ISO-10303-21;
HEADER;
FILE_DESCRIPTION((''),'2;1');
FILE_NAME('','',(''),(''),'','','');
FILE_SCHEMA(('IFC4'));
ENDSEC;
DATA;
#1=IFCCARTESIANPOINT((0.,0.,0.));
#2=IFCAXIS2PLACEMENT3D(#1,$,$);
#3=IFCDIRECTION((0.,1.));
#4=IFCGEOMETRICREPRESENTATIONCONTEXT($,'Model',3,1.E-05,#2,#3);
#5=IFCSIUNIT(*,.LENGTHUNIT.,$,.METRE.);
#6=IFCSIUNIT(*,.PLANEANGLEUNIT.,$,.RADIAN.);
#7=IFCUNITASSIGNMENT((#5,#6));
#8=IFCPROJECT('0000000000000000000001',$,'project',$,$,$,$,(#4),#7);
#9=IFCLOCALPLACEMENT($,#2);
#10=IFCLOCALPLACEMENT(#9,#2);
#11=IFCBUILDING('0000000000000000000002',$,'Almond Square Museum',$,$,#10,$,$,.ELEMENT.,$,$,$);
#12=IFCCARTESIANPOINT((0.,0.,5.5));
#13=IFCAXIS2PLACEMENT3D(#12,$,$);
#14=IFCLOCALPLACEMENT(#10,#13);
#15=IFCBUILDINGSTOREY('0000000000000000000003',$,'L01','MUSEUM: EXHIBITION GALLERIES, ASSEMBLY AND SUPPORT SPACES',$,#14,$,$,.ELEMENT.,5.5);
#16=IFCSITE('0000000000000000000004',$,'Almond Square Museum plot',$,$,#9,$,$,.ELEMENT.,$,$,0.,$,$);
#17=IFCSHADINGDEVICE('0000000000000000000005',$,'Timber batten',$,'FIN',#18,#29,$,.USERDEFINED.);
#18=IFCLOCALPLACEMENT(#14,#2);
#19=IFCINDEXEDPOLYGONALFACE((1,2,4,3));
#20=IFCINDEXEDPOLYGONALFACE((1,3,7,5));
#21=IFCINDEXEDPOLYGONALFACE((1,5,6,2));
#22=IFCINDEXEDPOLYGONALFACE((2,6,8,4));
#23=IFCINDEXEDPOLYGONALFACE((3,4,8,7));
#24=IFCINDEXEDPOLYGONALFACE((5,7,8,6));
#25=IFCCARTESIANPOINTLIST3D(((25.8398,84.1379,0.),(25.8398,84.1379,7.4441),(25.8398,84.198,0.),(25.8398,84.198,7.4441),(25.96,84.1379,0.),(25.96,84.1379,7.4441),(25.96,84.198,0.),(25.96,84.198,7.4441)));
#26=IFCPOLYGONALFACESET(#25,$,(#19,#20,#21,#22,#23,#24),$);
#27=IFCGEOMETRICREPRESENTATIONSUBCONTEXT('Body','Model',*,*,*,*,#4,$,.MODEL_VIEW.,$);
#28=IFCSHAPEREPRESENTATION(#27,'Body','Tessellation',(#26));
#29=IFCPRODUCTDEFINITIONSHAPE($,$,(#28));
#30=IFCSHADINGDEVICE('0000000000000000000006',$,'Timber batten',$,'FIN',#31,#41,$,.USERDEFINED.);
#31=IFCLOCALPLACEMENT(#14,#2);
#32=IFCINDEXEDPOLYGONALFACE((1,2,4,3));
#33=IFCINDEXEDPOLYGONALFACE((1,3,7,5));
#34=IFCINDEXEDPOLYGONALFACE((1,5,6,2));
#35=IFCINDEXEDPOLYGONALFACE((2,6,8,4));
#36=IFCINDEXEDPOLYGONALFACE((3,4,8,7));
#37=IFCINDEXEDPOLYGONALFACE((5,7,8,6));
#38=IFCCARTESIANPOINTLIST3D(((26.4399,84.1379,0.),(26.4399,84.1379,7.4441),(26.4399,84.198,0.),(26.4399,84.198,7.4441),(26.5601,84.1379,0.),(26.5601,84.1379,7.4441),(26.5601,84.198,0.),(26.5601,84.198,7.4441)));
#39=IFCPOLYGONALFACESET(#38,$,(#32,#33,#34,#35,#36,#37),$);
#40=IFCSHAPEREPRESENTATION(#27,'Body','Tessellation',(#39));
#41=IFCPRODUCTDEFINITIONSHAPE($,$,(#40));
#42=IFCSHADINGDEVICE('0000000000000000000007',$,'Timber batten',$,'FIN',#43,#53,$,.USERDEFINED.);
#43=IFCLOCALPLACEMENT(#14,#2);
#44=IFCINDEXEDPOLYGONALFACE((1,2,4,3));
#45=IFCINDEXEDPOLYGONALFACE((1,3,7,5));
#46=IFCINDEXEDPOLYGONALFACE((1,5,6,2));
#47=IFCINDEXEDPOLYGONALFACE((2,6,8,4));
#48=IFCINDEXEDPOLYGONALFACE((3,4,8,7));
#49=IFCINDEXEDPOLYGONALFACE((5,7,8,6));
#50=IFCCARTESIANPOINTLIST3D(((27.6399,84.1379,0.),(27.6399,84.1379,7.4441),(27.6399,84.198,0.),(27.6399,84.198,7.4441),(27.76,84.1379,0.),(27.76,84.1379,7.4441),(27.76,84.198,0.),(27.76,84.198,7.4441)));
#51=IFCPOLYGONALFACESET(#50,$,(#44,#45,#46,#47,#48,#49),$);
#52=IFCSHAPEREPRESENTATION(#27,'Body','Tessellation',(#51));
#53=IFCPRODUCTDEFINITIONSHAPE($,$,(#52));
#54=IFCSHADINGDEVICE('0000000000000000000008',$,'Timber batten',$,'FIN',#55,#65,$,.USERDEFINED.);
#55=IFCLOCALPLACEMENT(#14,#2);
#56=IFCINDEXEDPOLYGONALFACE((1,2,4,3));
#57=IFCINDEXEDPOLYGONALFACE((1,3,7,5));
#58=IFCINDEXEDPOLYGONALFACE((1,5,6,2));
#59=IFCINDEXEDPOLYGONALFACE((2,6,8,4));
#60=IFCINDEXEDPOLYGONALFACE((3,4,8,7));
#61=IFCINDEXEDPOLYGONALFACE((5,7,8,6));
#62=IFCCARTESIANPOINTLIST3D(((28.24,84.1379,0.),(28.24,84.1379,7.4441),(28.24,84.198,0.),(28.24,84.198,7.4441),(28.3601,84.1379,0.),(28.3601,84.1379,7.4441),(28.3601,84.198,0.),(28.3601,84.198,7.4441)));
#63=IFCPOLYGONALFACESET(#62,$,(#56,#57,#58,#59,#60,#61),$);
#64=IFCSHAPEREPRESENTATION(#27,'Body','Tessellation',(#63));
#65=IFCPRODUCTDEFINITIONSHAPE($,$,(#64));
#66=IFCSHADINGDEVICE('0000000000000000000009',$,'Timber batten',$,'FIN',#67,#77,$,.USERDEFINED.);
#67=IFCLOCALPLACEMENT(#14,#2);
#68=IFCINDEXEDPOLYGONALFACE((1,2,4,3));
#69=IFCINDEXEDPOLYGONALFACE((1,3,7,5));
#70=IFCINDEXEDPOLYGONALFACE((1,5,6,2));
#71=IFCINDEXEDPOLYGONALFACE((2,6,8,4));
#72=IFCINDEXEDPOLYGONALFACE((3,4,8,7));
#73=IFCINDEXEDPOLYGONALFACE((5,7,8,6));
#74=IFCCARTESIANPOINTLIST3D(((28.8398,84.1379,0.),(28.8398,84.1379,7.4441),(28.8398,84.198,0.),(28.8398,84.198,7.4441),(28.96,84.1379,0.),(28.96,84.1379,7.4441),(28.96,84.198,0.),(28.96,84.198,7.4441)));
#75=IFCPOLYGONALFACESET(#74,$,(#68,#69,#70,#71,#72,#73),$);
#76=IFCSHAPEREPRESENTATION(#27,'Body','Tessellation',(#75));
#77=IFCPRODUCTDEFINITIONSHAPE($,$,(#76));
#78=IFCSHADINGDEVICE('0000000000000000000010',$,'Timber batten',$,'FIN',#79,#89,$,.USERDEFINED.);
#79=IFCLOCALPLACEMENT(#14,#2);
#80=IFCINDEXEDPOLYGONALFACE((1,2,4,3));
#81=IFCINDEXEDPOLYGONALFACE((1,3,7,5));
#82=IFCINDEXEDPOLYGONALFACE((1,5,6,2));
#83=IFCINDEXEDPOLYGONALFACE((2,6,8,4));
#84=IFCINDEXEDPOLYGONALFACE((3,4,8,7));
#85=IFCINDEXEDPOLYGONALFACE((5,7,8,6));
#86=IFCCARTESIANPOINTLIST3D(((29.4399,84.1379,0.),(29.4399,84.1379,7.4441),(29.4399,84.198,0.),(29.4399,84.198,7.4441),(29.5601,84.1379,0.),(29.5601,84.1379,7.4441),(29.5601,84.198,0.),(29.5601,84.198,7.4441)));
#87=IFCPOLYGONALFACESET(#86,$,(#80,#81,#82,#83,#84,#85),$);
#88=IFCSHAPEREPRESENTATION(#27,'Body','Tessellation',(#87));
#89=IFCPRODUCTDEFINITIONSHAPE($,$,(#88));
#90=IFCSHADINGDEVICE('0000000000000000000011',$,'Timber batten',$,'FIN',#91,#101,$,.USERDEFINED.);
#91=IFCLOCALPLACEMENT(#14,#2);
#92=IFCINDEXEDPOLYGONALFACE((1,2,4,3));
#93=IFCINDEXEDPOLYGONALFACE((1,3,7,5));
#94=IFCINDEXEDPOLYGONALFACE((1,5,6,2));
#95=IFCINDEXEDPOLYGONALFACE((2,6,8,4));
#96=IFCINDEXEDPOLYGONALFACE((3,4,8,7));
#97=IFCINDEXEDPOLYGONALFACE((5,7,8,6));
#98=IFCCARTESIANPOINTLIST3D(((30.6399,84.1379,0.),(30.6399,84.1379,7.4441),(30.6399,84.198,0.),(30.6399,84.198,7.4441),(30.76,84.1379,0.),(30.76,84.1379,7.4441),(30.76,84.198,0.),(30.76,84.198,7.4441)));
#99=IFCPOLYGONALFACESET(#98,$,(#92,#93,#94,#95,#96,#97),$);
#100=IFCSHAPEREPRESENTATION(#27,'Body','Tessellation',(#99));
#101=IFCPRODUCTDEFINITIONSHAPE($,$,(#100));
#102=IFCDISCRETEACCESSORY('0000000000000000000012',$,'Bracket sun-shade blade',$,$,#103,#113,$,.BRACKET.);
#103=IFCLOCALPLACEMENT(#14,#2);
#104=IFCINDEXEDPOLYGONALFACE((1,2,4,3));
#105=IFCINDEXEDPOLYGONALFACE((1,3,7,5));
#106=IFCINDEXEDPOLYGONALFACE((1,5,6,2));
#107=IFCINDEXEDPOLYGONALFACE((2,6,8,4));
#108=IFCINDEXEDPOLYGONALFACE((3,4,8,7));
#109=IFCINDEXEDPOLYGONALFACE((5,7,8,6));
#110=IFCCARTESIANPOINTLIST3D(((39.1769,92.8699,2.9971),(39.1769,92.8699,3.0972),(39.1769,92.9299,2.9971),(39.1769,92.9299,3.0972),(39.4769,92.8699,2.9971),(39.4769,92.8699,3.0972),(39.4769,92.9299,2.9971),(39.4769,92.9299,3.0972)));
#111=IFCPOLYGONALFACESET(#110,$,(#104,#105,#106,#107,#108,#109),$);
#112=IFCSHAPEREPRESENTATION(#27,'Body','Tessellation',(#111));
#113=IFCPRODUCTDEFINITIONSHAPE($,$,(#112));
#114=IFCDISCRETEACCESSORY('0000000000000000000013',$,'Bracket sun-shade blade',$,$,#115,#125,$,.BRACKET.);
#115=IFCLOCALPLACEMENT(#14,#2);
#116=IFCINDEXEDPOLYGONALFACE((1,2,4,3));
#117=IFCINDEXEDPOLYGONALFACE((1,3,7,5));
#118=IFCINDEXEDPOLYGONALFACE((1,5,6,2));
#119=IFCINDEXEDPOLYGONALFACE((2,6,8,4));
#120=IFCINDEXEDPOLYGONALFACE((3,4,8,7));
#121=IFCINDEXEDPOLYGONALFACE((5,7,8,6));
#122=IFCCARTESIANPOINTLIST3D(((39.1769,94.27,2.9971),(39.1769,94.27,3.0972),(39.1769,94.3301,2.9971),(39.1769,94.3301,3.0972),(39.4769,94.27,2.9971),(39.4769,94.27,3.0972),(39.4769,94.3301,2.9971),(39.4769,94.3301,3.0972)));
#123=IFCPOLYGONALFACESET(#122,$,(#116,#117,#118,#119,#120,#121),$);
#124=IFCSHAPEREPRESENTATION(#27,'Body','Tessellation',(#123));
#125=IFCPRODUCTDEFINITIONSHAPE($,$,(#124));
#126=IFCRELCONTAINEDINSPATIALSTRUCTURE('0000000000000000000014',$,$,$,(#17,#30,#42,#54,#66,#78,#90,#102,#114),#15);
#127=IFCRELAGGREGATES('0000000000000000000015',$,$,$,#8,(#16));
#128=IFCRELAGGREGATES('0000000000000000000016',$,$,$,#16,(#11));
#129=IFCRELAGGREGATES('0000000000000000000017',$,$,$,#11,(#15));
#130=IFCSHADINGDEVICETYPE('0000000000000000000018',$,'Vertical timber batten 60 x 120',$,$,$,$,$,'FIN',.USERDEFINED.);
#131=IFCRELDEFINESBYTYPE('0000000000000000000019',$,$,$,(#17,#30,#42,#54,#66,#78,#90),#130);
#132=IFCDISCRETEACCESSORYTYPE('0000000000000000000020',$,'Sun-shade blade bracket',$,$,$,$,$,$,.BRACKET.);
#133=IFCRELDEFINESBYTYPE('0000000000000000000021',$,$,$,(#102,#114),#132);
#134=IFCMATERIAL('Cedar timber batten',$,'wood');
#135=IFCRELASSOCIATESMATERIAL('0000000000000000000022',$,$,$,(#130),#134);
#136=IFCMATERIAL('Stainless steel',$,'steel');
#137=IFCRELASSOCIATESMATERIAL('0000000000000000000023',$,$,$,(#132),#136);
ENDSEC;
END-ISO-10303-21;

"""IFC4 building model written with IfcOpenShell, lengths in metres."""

from ifc_helpers import new_model, si_unit, direction, frame, origin, origin_2d, place, context, subcontext, project, spatial, rectangle, extrude, material, material_profile, profile_set, type_object, element, save


model = new_model("IFC4")

# Units and contexts
model_context = context("Model", 3, precision=1e-05, world=origin(), true_north=direction((0.0, 1.0)))
body_context = subcontext(model_context, "Body", "Model", "MODEL_VIEW")
ifc_project = project(units=[si_unit("LENGTHUNIT", "METRE"), si_unit("PLANEANGLEUNIT", "RADIAN")], contexts=[model_context])

# Site, building, storey
site_placement = place(None, origin())
site = spatial("IfcSite", under=ifc_project, at=site_placement, Name="Almond Square Museum plot", CompositionType="ELEMENT", RefElevation=0.0)
building_placement = place(site_placement, origin())
building = spatial("IfcBuilding", under=site, at=building_placement, Name="Almond Square Museum", CompositionType="ELEMENT")
storey_placement = place(building_placement, frame((0.0, 0.0, 5.5)))
storey = spatial("IfcBuildingStorey", under=building, at=storey_placement, Name="L01", Description="MUSEUM: EXHIBITION GALLERIES, ASSEMBLY AND SUPPORT SPACES", CompositionType="ELEMENT", Elevation=5.5)

# Shading devices
ifc_material_1 = material(Name="Cedar timber batten", Category="wood")
ifc_material_profile_1 = material_profile(ifc_material_1, rectangle(XDim=0.0601, YDim=0.1201, at=origin_2d()))
ifc_profile_set_1 = profile_set([ifc_material_profile_1], Name="Cedar timber batten")
shading_device_type_1 = type_object("IfcShadingDeviceType", Name="Vertical timber batten 60 x 120", ElementType="FIN", PredefinedType="USERDEFINED", material=ifc_profile_set_1)
for number, where, z_axis, x_axis, name in (
    (1, (25.8999, 84.168, 0.0), (0.0, 0.0, 1.0), (0.0, 1.0, 0.0), "Timber batten"),
    (2, (26.5, 84.168, 0.0), (0.0, 0.0, 1.0), (0.0, 1.0, 0.0), "Timber batten"),
    (3, (27.7, 84.168, 0.0), (0.0, 0.0, 1.0), (0.0, 1.0, 0.0), "Timber batten"),
    (4, (28.3, 84.168, 0.0), (0.0, 0.0, 1.0), (0.0, 1.0, 0.0), "Timber batten"),
    (5, (28.8999, 84.168, 0.0), (0.0, 0.0, 1.0), (0.0, 1.0, 0.0), "Timber batten"),
    (6, (29.5, 84.168, 0.0), (0.0, 0.0, 1.0), (0.0, 1.0, 0.0), "Timber batten"),
    (7, (30.7, 84.168, 0.0), (0.0, 0.0, 1.0), (0.0, 1.0, 0.0), "Timber batten"),
):
    element("IfcShadingDevice", number, at=place(storey_placement, frame(where, z_axis=z_axis, x_axis=x_axis)), inside=storey, type_object=shading_device_type_1, Name=name, ObjectType="FIN", PredefinedType="USERDEFINED", context=body_context, shape_type="SweptSolid", body=[
        extrude(rectangle(XDim=0.0601, YDim=0.1201, at=origin_2d()), origin(), (0.0, 0.0, 1.0), 7.4441),
    ])

# Discrete accessories
ifc_material_2 = material(Name="Stainless steel", Category="steel")
discrete_accessory_type = type_object("IfcDiscreteAccessoryType", Name="Sun-shade blade bracket", PredefinedType="BRACKET", material=ifc_material_2)
for number, where, z_axis, x_axis, name in (
    (8, (39.3269, 92.8999, 2.9971), (0.0, 0.0, 1.0), (1.0, 0.0, 0.0), "Bracket sun-shade blade"),
    (9, (39.3269, 94.3, 2.9971), (0.0, 0.0, 1.0), (1.0, 0.0, 0.0), "Bracket sun-shade blade"),
):
    element("IfcDiscreteAccessory", number, at=place(storey_placement, frame(where, z_axis=z_axis, x_axis=x_axis)), inside=storey, type_object=discrete_accessory_type, Name=name, PredefinedType="BRACKET", context=body_context, shape_type="SweptSolid", body=[
        extrude(rectangle(XDim=0.3, YDim=0.0601, at=origin_2d()), origin(), (0.0, 0.0, 1.0), 0.1001),
    ])

save(model, "model.ifc")
